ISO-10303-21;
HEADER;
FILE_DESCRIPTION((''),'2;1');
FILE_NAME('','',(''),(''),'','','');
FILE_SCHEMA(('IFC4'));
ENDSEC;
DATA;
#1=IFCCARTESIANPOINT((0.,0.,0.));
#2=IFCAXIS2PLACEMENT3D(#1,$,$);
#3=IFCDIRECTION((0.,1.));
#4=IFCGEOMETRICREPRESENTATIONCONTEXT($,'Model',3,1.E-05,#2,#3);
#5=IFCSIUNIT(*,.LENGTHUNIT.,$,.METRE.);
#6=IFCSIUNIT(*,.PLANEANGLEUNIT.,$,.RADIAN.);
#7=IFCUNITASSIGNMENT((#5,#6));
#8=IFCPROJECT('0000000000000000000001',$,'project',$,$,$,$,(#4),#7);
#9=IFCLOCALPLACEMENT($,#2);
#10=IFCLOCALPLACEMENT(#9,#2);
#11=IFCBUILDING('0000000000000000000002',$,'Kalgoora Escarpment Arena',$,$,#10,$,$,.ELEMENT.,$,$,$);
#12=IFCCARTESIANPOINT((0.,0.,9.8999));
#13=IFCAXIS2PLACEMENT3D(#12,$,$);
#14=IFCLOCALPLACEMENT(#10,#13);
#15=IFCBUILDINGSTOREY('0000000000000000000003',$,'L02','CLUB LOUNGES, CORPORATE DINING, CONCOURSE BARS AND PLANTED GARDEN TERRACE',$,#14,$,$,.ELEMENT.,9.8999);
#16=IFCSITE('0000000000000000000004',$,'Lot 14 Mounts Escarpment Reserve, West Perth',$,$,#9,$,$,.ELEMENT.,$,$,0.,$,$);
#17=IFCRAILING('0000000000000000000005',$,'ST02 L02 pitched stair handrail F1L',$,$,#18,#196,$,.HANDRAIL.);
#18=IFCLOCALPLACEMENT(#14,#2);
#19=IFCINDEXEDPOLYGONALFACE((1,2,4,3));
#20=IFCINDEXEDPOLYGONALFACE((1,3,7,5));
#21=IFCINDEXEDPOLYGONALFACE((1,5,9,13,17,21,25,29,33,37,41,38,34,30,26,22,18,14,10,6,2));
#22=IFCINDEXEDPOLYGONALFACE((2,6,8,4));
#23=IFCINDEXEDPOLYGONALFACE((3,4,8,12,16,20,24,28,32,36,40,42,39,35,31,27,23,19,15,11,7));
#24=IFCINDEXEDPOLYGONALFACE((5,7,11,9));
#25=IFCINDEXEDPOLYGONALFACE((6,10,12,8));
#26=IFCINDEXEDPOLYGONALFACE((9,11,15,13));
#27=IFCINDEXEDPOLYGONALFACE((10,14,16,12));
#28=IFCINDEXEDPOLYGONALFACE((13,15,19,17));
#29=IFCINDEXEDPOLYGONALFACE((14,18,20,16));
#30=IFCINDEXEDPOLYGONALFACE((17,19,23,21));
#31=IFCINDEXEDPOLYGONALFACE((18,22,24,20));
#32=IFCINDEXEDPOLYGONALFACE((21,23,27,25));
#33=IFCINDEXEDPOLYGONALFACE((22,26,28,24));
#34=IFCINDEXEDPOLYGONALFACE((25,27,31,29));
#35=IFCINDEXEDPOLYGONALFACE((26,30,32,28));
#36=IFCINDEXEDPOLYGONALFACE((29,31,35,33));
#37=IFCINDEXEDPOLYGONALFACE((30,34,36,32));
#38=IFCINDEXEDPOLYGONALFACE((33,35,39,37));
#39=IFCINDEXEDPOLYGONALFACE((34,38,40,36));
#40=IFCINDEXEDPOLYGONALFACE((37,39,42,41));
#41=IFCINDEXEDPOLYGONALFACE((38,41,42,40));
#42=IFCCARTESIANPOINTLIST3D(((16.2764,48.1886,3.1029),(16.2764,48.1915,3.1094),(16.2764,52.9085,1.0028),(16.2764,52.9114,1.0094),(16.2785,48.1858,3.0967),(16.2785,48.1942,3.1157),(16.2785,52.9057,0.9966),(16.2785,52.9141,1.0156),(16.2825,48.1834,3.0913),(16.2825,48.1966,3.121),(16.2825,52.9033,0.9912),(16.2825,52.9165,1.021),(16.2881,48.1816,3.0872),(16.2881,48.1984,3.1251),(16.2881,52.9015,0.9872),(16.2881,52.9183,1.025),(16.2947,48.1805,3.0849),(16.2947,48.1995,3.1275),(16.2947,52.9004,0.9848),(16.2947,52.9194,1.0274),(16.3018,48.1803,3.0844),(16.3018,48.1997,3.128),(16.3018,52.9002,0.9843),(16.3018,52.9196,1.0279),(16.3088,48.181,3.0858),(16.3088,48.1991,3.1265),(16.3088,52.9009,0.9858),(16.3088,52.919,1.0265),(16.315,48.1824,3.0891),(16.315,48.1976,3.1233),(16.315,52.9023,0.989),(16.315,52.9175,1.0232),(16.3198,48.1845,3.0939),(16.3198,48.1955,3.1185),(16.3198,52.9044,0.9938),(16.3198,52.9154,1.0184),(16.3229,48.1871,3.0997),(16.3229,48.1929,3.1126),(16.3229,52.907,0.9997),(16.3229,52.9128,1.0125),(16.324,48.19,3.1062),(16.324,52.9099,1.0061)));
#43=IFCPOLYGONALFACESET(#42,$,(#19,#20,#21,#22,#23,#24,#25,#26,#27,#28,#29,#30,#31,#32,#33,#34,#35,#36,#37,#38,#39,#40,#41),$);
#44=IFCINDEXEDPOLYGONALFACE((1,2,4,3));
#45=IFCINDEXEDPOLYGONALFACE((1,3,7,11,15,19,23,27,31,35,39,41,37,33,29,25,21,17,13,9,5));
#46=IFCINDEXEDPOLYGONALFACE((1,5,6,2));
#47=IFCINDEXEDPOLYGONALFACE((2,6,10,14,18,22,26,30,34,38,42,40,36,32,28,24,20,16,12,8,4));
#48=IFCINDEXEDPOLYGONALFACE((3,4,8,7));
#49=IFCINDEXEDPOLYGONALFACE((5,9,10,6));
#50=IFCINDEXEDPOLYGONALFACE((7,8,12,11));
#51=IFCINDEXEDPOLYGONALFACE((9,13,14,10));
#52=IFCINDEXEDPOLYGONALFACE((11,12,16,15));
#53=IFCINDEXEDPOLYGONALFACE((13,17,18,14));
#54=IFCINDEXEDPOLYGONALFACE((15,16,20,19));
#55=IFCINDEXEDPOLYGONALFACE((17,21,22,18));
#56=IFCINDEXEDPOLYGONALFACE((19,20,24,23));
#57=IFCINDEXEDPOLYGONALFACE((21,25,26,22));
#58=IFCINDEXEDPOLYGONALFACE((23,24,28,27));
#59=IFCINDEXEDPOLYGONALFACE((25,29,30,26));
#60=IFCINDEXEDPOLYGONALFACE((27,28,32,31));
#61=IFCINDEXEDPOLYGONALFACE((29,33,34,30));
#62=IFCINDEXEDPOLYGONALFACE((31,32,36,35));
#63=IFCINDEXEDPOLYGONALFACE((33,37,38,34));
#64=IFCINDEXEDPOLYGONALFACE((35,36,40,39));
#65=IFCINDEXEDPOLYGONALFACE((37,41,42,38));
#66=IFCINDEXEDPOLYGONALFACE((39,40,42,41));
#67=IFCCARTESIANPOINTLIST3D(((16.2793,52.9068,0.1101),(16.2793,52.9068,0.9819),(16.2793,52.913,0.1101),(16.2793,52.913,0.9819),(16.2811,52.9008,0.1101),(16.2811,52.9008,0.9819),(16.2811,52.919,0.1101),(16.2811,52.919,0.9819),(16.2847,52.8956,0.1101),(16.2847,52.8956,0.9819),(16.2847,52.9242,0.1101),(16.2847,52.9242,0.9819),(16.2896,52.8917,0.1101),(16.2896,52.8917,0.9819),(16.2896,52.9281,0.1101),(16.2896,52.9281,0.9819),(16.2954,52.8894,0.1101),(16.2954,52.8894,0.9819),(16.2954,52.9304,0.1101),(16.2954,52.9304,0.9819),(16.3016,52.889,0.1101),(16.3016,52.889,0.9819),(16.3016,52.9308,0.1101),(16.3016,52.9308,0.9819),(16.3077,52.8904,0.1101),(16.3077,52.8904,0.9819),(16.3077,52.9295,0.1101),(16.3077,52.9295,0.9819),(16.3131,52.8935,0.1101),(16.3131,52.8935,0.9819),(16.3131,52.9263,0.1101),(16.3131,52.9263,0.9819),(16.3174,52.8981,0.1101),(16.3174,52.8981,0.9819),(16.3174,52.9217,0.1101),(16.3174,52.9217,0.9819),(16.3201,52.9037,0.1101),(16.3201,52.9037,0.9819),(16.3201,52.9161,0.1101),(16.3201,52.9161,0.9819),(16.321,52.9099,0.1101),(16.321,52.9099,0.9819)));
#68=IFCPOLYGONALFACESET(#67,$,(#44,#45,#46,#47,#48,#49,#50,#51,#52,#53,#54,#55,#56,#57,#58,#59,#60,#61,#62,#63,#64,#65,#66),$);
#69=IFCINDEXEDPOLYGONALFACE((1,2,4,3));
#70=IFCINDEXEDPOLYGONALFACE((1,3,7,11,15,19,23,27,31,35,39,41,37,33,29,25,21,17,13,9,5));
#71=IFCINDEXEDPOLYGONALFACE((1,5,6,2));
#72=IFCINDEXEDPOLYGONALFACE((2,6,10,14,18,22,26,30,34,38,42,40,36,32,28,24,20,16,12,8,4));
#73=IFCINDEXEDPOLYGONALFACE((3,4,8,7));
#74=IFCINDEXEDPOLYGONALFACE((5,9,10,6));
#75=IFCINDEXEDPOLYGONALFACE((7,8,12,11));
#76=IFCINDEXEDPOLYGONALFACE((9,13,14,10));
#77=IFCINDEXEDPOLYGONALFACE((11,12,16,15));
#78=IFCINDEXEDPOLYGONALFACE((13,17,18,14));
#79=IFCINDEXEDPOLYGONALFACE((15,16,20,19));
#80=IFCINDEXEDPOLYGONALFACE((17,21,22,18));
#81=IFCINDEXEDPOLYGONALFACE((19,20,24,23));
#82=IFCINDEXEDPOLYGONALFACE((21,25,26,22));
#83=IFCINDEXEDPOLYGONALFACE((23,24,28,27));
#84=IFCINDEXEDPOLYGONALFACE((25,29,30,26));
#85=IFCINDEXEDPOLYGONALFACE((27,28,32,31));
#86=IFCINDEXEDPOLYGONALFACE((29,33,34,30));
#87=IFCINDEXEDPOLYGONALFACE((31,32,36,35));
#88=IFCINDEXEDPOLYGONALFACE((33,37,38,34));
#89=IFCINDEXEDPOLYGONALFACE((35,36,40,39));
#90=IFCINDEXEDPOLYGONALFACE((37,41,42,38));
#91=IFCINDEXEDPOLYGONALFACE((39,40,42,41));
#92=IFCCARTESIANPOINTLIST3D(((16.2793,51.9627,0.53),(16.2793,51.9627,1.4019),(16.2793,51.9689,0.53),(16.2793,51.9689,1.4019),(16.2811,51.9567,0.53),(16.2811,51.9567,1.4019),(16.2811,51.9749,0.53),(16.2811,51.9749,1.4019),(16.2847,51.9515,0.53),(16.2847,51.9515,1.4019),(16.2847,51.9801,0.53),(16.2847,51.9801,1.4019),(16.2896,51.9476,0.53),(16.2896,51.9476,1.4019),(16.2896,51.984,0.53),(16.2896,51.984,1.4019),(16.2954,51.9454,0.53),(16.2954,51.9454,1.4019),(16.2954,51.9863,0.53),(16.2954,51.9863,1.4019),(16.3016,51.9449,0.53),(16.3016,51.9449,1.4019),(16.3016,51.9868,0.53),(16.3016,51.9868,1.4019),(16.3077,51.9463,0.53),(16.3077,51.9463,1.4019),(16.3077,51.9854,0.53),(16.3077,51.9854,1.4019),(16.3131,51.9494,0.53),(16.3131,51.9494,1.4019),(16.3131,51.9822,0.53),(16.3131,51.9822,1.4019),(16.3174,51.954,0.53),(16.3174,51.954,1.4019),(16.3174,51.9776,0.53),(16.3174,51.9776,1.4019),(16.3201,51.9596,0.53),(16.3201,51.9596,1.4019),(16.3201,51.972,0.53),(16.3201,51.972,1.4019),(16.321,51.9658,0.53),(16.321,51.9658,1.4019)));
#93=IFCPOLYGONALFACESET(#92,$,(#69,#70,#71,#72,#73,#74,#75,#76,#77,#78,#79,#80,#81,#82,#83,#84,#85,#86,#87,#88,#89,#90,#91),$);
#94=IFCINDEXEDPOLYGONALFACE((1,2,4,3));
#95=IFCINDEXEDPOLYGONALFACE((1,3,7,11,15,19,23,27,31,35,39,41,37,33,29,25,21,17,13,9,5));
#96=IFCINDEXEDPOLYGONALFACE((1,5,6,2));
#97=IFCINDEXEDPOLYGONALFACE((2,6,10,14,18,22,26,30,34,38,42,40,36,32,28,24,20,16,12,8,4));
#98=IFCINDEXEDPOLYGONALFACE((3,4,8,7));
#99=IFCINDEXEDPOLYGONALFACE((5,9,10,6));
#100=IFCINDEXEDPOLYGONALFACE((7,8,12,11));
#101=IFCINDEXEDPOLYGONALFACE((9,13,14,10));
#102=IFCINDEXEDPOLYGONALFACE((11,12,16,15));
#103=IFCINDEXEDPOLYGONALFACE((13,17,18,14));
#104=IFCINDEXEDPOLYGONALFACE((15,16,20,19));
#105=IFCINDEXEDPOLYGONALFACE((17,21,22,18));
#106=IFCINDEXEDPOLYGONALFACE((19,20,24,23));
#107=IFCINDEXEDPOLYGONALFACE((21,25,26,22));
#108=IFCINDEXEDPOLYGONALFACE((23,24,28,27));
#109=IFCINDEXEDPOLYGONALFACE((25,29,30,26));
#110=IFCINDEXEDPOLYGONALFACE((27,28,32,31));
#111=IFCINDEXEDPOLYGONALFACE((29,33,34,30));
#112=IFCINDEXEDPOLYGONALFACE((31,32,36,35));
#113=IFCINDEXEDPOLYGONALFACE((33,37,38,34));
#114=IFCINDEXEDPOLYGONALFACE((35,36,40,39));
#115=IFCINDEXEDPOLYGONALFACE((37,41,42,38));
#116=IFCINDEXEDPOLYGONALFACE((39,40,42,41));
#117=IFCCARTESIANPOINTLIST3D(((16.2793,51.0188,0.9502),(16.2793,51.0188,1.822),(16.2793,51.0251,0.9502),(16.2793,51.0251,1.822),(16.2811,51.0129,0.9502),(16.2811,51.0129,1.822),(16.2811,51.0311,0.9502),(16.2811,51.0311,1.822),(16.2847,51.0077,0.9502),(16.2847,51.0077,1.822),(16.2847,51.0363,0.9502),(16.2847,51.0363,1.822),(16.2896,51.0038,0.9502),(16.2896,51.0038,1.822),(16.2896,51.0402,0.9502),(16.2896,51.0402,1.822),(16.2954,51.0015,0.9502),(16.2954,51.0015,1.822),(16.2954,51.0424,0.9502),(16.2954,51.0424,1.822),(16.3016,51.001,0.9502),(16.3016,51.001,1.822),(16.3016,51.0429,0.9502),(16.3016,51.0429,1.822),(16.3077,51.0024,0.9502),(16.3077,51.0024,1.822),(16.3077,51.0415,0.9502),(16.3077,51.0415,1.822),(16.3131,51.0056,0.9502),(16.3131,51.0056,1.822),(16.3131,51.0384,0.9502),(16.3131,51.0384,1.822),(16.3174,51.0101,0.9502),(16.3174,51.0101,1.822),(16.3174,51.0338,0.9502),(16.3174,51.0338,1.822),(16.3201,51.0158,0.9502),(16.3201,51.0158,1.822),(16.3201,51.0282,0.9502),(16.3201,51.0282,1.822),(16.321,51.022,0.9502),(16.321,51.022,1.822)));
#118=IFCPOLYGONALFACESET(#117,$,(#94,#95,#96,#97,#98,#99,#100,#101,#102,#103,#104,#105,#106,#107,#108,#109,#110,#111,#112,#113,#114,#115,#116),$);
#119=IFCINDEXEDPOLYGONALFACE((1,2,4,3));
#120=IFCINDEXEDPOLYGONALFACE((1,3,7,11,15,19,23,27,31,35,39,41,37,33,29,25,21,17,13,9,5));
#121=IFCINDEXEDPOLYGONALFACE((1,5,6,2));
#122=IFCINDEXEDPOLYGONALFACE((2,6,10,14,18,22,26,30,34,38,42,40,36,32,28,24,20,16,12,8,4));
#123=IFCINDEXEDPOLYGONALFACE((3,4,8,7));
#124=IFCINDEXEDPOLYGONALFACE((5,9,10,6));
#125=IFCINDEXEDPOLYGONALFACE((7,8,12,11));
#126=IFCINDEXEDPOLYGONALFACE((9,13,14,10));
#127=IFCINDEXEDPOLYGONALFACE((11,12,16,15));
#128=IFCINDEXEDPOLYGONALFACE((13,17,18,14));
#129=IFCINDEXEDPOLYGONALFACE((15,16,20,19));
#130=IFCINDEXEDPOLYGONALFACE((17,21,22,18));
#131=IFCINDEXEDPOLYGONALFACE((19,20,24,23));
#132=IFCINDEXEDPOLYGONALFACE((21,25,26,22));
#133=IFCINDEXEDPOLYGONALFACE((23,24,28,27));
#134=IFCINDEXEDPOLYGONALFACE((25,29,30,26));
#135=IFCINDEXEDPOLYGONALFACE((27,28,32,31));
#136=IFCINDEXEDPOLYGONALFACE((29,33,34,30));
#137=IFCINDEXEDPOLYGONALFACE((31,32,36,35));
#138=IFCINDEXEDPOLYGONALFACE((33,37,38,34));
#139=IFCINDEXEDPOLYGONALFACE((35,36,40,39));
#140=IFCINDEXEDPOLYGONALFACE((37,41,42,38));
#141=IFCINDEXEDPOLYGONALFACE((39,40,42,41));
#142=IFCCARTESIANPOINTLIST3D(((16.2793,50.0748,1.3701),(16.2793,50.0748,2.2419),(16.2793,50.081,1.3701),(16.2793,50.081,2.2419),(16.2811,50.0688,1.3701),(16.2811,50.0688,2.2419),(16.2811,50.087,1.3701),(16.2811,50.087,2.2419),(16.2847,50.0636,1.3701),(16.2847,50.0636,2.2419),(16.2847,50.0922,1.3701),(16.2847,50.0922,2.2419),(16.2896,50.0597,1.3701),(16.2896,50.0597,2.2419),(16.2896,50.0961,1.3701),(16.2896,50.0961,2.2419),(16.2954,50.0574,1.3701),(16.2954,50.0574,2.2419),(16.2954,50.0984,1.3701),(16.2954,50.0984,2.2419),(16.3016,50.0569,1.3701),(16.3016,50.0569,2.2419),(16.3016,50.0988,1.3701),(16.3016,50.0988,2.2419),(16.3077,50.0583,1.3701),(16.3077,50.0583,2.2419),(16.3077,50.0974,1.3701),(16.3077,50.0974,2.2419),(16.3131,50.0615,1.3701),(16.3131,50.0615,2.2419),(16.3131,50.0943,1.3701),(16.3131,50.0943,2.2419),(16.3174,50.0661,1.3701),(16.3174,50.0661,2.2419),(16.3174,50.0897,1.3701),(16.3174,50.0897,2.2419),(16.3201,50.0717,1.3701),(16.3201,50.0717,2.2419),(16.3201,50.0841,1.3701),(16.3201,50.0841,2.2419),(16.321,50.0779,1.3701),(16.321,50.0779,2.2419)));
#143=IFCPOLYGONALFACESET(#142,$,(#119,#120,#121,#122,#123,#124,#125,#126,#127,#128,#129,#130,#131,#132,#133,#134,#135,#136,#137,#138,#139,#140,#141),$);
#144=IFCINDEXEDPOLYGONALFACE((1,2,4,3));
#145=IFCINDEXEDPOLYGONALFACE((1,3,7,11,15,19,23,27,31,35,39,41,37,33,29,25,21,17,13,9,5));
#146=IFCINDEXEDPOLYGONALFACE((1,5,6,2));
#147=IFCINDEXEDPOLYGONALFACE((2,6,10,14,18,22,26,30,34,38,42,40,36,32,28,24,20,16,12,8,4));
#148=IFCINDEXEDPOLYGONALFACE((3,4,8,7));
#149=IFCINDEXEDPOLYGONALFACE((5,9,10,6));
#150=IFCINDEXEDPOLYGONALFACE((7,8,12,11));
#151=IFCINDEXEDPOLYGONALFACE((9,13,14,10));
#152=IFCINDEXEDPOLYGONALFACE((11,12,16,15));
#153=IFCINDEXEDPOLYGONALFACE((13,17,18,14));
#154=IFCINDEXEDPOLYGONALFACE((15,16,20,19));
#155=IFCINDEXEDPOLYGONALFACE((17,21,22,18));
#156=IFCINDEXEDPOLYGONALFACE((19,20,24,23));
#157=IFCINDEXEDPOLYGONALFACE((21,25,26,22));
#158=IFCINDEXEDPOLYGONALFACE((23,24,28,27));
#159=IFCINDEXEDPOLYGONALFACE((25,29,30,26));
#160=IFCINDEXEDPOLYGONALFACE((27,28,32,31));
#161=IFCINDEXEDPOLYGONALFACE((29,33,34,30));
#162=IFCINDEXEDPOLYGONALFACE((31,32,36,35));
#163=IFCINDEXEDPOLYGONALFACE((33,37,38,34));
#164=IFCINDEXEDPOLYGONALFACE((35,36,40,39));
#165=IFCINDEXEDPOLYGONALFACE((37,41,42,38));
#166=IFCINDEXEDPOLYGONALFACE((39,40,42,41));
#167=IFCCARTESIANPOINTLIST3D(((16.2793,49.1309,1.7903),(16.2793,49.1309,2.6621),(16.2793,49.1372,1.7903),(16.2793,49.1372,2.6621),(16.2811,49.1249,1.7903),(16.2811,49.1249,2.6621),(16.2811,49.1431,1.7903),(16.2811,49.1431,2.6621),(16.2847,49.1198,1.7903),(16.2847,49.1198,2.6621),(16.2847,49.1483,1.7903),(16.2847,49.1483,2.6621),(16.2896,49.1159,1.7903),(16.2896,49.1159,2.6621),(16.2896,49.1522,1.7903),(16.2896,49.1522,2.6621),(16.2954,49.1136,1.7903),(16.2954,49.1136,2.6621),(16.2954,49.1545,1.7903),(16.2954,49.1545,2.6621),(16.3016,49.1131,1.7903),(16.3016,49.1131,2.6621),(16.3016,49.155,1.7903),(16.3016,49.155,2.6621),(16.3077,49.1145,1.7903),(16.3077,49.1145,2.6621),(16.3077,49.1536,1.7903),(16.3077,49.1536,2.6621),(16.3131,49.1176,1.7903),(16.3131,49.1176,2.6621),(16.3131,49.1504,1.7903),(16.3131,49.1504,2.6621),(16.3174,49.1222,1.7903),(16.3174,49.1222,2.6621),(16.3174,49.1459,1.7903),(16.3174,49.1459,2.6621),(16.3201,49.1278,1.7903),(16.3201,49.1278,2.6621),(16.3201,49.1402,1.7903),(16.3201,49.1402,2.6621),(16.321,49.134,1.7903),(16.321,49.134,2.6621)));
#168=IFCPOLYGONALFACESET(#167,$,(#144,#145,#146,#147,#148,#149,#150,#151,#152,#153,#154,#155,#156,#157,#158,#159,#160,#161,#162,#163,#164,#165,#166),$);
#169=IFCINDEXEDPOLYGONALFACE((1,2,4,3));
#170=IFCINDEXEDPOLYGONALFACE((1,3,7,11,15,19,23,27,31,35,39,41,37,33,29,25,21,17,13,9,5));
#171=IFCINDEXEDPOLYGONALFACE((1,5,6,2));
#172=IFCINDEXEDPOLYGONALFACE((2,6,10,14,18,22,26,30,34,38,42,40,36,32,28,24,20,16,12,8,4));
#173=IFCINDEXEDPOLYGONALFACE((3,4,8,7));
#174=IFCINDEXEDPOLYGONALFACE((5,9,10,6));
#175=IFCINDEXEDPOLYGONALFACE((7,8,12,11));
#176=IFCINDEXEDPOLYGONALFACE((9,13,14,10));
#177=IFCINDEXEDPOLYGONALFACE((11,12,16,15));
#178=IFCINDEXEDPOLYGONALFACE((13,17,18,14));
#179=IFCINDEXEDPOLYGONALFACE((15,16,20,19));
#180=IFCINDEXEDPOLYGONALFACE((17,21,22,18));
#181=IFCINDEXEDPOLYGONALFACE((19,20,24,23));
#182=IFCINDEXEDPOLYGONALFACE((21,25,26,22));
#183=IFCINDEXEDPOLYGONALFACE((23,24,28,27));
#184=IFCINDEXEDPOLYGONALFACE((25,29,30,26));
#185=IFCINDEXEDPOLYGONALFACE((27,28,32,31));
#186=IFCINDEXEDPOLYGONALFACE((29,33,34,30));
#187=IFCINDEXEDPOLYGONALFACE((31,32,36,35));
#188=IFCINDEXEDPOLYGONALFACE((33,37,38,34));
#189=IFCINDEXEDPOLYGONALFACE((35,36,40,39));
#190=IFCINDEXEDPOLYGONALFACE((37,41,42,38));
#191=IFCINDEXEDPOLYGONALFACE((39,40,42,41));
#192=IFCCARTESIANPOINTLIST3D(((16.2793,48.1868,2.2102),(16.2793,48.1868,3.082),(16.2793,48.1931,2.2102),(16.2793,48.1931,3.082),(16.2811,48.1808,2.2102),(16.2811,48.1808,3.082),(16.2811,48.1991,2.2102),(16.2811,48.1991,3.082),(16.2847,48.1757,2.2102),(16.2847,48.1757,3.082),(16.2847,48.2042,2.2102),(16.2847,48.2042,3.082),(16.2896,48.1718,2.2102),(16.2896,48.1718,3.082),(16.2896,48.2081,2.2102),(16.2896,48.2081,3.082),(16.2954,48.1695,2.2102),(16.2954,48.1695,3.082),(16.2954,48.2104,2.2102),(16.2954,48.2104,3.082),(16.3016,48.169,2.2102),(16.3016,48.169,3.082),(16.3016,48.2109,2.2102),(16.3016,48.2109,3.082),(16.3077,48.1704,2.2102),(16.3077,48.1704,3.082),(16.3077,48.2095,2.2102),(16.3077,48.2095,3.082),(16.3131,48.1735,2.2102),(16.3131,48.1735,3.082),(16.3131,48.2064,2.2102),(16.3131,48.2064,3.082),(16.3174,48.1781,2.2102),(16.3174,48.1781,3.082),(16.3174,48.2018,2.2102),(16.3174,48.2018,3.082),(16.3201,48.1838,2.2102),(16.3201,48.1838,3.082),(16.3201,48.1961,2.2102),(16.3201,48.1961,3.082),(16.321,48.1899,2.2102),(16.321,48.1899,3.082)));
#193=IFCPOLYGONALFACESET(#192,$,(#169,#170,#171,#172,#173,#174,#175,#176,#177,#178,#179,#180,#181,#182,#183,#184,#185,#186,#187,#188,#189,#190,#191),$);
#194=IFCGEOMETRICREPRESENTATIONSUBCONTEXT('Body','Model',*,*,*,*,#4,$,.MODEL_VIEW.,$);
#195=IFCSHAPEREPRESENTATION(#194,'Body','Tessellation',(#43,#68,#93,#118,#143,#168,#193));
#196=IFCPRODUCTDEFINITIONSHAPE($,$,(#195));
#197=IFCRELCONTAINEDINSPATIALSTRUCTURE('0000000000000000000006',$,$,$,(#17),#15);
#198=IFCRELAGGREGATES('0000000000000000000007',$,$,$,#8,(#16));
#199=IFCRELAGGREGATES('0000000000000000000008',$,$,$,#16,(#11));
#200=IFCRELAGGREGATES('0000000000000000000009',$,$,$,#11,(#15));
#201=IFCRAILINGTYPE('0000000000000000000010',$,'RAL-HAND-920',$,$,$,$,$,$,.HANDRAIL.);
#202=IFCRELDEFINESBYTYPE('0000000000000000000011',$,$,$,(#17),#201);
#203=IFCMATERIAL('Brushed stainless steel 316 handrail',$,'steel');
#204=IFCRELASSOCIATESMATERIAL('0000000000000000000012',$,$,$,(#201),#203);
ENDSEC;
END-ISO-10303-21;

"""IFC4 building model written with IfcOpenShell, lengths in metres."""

from ifc_helpers import new_model, si_unit, direction, frame, origin, origin_2d, place, context, subcontext, project, spatial, circle, extrude, material, type_object, element, save


model = new_model("IFC4")

# Units and contexts
model_context = context("Model", 3, precision=1e-05, world=origin(), true_north=direction((0.0, 1.0)))
body_context = subcontext(model_context, "Body", "Model", "MODEL_VIEW")
ifc_project = project(units=[si_unit("LENGTHUNIT", "METRE"), si_unit("PLANEANGLEUNIT", "RADIAN")], contexts=[model_context])

# Site, building, storey
site_placement = place(None, origin())
site = spatial("IfcSite", under=ifc_project, at=site_placement, Name="Lot 14 Mounts Escarpment Reserve, West Perth", CompositionType="ELEMENT", RefElevation=0.0)
building_placement = place(site_placement, origin())
building = spatial("IfcBuilding", under=site, at=building_placement, Name="Kalgoora Escarpment Arena", CompositionType="ELEMENT")
storey_placement = place(building_placement, frame((0.0, 0.0, 9.8999)))
storey = spatial("IfcBuildingStorey", under=building, at=storey_placement, Name="L02", Description="CLUB LOUNGES, CORPORATE DINING, CONCOURSE BARS AND PLANTED GARDEN TERRACE", CompositionType="ELEMENT", Elevation=9.8999)

# Railing
ifc_material_1 = material(Name="Brushed stainless steel 316 handrail", Category="steel")
railing_type_1 = type_object("IfcRailingType", Name="RAL-HAND-920", PredefinedType="HANDRAIL", material=ifc_material_1)
for number, where, name in (
    (1, (16.3, 52.9099, 0.1101), "ST02 L02 pitched stair handrail F1L"),
):
    element("IfcRailing", number, at=place(storey_placement, frame(where)), inside=storey, type_object=railing_type_1, Name=name, PredefinedType="HANDRAIL", context=body_context, shape_type="SweptSolid", body=[
        extrude(circle(Radius=0.0239, at=origin_2d()), frame((0.0, 0.0, 0.896), z_axis=(0.0, -0.913644, 0.406516), x_axis=(1.0, 0.0, 0.0)), (0.0, 0.0, 1.0), 5.166),
        extrude(circle(Radius=0.021, at=origin_2d()), origin(), (0.0, 0.0, 1.0), 0.8718),
        extrude(circle(Radius=0.021, at=origin_2d()), frame((0.0, -0.9441, 0.4199)), (0.0, 0.0, 1.0), 0.8718),
        extrude(circle(Radius=0.021, at=origin_2d()), frame((0.0, -1.8879, 0.8401)), (0.0, 0.0, 1.0), 0.8718),
        extrude(circle(Radius=0.021, at=origin_2d()), frame((0.0, -2.832, 1.26)), (0.0, 0.0, 1.0), 0.8718),
        extrude(circle(Radius=0.021, at=origin_2d()), frame((0.0, -3.7759, 1.6802)), (0.0, 0.0, 1.0), 0.8718),
        extrude(circle(Radius=0.021, at=origin_2d()), frame((0.0, -4.72, 2.1001)), (0.0, 0.0, 1.0), 0.8718),
    ])

save(model, "model.ifc")
